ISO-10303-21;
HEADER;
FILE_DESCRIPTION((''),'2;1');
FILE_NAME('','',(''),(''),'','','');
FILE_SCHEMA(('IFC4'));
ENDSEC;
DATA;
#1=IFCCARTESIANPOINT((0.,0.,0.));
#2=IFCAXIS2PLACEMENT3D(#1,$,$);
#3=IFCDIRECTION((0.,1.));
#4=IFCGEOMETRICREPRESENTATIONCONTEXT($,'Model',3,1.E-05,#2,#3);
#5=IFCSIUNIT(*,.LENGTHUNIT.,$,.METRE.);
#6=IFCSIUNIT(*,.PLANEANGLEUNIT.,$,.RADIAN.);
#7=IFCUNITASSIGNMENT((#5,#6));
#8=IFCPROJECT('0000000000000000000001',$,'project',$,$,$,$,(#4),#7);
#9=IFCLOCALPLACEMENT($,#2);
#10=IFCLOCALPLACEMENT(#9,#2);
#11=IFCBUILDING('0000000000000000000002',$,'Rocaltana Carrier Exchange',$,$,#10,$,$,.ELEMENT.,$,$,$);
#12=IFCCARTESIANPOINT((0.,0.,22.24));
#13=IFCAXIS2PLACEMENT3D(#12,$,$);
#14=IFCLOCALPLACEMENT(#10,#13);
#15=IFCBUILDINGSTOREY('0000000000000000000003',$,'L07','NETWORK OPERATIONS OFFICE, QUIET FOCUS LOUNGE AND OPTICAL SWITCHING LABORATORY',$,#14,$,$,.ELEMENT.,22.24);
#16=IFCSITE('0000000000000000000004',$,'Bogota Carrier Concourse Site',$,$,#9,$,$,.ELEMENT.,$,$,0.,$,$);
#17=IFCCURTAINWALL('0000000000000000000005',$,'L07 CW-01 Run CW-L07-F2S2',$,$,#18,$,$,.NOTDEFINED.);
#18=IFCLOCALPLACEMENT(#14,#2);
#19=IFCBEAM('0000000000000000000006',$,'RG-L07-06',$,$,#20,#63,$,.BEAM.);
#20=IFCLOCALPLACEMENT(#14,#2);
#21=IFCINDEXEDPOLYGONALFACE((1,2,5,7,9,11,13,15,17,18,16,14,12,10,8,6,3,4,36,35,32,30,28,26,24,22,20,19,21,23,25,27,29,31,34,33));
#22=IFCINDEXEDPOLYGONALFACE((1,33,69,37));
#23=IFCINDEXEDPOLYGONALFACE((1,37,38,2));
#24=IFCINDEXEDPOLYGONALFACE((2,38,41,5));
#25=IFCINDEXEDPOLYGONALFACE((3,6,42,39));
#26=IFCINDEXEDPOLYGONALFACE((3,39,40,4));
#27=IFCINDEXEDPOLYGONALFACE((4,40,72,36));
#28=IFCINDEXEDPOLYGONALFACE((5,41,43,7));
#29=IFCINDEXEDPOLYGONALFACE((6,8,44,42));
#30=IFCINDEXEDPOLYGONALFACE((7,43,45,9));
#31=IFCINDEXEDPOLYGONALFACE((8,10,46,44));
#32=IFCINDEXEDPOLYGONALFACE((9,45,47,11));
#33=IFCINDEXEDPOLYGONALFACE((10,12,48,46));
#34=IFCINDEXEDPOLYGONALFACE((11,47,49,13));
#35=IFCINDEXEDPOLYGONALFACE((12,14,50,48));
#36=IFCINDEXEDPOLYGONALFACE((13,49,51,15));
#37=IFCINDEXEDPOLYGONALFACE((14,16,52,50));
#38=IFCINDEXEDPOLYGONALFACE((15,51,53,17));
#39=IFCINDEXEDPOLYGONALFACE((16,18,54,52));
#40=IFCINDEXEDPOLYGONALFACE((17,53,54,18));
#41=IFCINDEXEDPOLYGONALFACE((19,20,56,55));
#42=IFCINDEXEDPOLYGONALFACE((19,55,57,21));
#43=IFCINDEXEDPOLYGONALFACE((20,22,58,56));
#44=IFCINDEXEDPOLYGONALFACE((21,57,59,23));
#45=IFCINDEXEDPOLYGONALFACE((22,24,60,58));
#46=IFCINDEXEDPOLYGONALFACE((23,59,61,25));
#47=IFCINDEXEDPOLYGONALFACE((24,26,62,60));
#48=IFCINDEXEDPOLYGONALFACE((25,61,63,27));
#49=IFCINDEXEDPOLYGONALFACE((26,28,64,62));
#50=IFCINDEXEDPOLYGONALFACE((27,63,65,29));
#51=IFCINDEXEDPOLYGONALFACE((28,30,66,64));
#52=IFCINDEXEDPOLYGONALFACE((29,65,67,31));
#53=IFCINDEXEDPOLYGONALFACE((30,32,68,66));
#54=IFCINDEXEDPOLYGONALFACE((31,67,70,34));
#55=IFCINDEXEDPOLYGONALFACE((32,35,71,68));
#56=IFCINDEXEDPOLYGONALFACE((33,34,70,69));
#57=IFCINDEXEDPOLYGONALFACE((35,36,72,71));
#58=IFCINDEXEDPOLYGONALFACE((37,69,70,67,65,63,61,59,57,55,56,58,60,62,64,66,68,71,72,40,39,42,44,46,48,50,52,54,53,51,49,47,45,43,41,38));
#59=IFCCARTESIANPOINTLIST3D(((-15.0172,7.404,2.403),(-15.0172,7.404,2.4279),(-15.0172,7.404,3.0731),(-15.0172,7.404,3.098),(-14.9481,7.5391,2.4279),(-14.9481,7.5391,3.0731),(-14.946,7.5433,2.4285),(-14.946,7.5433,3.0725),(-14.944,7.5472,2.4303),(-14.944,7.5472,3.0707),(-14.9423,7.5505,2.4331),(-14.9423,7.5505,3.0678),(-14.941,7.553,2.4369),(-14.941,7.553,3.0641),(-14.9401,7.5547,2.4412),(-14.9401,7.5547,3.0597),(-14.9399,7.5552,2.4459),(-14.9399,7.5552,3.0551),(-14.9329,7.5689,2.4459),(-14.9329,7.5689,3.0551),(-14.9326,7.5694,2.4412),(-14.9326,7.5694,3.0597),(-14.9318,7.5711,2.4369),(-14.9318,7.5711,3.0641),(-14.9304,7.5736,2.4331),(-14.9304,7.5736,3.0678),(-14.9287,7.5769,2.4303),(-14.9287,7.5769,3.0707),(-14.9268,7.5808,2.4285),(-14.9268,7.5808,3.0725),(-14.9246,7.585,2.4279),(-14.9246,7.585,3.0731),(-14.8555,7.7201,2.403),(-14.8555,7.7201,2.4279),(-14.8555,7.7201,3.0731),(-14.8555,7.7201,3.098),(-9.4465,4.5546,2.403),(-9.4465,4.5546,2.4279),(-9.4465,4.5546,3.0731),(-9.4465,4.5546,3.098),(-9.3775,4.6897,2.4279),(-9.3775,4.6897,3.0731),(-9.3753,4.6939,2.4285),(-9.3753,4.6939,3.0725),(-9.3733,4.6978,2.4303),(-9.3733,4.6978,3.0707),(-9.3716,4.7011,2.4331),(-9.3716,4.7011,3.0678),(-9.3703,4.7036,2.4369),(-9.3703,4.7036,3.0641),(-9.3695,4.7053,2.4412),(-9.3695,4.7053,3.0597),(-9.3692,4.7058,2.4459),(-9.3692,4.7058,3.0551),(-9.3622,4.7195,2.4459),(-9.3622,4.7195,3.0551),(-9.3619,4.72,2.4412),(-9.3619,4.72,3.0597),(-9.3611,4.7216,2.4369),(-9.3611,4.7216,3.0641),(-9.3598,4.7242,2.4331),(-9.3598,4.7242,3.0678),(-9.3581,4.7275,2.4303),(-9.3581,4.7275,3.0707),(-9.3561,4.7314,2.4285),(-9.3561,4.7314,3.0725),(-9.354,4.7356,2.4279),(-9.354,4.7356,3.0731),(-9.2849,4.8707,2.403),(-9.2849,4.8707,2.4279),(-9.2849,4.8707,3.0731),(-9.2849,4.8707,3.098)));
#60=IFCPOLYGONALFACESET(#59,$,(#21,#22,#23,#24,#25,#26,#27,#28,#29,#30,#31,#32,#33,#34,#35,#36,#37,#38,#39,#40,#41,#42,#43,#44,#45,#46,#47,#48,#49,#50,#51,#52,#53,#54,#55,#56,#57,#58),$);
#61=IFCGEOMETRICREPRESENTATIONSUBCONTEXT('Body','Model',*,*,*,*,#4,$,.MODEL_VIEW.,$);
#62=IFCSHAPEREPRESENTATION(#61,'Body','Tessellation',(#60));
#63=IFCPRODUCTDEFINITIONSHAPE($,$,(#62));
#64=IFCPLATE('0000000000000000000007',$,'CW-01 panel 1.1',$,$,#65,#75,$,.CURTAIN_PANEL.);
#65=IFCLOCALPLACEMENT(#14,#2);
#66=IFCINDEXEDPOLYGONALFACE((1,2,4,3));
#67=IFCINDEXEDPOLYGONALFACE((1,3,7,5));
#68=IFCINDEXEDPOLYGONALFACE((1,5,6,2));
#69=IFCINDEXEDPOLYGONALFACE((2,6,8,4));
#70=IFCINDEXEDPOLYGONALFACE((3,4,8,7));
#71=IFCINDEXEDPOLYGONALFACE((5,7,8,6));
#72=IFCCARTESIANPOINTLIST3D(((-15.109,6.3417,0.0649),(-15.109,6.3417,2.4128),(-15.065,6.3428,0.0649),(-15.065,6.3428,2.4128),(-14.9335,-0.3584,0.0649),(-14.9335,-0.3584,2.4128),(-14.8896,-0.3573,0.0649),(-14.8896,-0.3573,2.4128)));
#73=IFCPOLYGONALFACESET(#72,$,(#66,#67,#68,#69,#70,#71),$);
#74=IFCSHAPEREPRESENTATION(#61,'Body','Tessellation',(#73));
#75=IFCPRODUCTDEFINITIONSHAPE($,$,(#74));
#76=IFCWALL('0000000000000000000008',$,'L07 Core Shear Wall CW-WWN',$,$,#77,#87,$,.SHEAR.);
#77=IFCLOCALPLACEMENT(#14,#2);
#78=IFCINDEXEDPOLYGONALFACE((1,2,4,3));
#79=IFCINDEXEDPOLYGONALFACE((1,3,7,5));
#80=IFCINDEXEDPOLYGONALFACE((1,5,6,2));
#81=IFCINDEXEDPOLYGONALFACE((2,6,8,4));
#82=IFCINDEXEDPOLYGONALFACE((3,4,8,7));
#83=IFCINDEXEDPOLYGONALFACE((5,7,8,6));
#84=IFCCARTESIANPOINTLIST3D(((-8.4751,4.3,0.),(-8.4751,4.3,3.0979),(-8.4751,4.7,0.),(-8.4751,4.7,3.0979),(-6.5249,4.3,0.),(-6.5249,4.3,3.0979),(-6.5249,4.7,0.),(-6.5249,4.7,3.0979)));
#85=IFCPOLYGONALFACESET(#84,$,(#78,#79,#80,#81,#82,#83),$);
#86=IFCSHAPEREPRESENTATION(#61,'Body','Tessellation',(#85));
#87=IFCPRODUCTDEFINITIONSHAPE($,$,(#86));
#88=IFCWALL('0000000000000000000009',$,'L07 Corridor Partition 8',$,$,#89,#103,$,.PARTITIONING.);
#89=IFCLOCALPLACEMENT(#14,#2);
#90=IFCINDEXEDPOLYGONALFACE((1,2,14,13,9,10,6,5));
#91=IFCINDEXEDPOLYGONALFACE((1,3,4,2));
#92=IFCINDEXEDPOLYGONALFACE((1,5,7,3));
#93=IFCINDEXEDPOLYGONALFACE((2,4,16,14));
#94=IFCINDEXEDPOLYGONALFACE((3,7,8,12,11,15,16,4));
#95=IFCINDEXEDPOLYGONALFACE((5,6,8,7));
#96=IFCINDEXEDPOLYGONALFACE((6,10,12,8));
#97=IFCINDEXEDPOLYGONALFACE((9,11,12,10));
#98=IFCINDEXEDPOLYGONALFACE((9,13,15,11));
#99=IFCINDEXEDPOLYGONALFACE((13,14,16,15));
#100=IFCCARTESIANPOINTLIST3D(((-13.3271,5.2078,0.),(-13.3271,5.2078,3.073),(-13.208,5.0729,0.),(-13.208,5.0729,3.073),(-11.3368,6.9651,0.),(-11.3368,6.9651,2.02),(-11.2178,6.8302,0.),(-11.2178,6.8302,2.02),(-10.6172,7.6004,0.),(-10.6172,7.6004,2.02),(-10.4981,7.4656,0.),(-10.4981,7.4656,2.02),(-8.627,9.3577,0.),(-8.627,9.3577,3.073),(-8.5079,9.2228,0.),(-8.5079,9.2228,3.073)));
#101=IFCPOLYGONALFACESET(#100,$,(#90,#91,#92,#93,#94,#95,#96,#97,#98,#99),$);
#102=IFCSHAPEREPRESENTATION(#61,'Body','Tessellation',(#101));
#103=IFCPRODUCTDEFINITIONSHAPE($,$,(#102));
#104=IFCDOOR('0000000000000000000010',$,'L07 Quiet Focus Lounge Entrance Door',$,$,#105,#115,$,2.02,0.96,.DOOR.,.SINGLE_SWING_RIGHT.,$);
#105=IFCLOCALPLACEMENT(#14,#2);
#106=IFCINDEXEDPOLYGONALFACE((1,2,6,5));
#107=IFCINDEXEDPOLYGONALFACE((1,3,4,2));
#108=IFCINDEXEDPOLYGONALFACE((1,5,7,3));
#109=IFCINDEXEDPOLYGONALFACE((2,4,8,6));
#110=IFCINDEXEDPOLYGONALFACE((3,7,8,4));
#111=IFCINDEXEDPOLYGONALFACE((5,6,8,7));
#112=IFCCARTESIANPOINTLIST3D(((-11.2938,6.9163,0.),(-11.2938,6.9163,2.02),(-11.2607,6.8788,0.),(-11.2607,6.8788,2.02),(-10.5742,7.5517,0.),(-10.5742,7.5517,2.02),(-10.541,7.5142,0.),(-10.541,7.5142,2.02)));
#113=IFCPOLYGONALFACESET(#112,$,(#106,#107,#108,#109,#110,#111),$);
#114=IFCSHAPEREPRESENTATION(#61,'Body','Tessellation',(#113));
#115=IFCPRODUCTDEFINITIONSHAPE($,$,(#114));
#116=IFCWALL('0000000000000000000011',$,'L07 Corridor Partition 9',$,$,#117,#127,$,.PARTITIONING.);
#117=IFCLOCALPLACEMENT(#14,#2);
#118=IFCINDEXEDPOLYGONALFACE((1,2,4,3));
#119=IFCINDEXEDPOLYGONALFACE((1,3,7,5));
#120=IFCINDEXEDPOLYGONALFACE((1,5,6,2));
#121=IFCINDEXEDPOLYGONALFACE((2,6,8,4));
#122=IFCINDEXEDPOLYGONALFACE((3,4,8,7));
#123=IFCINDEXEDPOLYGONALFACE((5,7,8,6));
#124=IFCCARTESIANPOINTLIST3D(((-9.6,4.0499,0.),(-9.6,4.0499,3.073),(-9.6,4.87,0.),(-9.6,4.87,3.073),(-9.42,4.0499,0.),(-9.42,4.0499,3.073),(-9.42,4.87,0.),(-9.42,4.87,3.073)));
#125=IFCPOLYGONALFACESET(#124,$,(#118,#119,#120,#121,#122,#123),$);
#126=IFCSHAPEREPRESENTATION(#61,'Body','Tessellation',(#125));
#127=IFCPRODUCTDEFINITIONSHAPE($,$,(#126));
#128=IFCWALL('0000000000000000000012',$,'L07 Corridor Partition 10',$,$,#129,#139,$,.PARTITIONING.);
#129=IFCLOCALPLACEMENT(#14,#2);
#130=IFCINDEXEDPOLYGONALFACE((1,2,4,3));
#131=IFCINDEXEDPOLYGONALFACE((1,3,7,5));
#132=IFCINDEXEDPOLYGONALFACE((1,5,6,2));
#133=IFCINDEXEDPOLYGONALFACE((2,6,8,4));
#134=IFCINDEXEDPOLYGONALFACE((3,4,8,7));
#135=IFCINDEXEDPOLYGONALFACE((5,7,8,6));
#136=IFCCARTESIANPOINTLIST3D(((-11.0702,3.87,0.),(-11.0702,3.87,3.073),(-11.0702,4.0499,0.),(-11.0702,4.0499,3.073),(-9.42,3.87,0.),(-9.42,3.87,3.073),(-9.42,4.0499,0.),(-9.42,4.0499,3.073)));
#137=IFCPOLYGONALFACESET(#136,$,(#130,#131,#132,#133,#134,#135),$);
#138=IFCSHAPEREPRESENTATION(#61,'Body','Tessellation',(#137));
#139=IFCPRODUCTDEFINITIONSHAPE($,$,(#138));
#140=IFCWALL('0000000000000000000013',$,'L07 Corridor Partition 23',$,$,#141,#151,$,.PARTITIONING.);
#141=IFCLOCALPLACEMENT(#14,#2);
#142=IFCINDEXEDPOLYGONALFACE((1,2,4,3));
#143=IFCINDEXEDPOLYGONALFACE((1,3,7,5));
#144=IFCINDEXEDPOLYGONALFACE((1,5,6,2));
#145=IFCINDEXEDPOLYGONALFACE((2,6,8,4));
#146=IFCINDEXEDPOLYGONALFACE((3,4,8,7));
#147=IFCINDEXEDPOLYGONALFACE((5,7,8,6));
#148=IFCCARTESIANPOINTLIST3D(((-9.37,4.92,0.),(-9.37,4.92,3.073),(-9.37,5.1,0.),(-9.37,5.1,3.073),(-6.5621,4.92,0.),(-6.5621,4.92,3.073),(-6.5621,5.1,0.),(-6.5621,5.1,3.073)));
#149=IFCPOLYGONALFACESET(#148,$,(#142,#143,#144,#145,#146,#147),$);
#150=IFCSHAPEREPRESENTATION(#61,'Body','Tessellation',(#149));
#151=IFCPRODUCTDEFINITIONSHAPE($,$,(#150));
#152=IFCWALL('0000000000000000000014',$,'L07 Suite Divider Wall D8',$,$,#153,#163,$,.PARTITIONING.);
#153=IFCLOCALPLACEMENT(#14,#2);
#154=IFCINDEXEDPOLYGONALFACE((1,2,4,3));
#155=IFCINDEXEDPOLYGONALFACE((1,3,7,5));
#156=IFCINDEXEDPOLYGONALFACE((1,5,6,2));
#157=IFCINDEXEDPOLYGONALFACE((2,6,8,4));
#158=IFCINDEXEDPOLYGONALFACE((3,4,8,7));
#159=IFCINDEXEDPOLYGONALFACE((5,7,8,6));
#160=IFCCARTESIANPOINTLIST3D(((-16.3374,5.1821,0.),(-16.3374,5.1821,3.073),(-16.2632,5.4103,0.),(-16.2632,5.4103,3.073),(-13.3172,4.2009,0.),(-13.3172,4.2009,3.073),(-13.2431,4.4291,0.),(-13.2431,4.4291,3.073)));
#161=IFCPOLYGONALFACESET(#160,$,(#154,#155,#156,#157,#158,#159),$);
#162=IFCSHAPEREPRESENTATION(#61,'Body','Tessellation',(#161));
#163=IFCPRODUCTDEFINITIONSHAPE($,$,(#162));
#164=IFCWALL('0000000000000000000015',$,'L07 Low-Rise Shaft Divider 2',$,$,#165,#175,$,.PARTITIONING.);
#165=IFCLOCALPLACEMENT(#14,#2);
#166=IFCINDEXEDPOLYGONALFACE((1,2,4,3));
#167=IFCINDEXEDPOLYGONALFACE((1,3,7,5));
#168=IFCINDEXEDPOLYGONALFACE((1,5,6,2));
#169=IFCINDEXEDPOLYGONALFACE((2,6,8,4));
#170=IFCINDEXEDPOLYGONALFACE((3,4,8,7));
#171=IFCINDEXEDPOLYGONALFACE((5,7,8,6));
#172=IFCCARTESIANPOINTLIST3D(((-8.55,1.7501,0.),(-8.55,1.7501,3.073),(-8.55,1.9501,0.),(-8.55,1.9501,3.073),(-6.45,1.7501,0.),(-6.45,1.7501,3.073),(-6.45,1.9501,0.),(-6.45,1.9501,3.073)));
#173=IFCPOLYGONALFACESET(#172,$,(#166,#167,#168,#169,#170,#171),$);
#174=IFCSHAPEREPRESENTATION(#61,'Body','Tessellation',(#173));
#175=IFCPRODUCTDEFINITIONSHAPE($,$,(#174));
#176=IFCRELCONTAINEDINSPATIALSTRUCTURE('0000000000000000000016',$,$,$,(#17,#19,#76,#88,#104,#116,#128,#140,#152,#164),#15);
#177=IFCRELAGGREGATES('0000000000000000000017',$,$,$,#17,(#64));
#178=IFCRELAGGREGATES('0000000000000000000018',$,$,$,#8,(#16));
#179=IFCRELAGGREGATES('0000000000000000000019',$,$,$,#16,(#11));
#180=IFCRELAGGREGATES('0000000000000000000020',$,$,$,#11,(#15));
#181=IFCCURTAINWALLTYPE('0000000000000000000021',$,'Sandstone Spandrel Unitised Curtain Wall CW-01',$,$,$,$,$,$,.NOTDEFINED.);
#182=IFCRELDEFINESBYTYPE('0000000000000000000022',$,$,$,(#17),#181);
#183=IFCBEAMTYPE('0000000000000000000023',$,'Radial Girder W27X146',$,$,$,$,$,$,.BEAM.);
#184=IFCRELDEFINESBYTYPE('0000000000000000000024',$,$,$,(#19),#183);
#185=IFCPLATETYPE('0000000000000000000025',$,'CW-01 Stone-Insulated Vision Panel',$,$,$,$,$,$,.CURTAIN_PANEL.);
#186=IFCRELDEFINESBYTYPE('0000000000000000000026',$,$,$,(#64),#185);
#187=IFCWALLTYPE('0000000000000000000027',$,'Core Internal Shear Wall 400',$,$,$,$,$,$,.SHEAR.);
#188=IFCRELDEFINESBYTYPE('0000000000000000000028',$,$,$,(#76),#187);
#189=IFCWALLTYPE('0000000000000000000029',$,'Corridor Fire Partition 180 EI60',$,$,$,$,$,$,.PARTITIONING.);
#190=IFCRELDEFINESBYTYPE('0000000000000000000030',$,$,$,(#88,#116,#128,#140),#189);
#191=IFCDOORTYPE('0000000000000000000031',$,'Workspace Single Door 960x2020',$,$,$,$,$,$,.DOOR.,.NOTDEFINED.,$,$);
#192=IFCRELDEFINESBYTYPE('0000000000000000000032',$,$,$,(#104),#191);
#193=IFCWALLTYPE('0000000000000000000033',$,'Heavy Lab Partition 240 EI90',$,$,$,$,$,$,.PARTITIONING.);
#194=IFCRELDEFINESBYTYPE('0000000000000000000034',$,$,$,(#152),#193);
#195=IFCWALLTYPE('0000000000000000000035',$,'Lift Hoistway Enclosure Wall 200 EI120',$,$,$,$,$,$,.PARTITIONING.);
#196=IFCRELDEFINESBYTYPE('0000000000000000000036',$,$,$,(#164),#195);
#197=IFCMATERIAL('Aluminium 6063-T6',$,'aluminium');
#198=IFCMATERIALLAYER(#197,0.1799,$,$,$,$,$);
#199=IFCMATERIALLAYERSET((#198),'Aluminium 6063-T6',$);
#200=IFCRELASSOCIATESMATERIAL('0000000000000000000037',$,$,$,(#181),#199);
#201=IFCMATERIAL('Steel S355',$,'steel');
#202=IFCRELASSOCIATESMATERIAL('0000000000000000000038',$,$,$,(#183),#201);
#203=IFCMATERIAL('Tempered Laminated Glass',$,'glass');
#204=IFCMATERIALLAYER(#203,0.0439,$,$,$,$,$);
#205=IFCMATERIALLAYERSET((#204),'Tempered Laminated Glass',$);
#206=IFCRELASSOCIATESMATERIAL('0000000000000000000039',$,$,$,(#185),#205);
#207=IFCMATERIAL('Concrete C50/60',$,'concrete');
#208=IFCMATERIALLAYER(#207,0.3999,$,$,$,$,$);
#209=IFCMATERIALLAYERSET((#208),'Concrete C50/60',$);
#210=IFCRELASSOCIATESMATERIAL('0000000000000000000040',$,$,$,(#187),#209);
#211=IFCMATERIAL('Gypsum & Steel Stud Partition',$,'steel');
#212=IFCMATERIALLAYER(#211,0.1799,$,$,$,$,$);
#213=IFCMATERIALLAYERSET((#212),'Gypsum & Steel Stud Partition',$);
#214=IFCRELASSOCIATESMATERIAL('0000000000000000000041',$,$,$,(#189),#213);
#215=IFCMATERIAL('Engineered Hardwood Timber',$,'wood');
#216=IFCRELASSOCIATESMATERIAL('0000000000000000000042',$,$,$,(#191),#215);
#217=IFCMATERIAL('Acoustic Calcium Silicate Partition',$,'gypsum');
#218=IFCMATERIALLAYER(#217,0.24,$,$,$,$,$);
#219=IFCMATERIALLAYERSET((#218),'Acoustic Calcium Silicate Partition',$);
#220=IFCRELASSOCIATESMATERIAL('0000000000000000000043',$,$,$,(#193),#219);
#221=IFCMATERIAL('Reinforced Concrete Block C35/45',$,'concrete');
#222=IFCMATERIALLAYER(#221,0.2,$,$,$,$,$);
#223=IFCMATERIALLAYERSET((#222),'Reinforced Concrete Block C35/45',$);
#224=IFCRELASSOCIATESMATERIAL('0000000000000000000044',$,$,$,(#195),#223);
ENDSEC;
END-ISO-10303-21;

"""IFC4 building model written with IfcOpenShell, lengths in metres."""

from ifc_helpers import new_model, si_unit, direction, frame, frame_2d, origin, origin_2d, place, context, subcontext, project, spatial, rectangle, i_section, extrude, material, layer, layer_set, material_profile, profile_set, type_object, element, fill, aggregate, save


model = new_model("IFC4")

# Units and contexts
model_context = context("Model", 3, precision=1e-05, world=origin(), true_north=direction((0.0, 1.0)))
body_context = subcontext(model_context, "Body", "Model", "MODEL_VIEW")
ifc_project = project(units=[si_unit("LENGTHUNIT", "METRE"), si_unit("PLANEANGLEUNIT", "RADIAN")], contexts=[model_context])

# Site, building, storey
site_placement = place(None, origin())
site = spatial("IfcSite", under=ifc_project, at=site_placement, Name="Bogota Carrier Concourse Site", CompositionType="ELEMENT", RefElevation=0.0)
building_placement = place(site_placement, origin())
building = spatial("IfcBuilding", under=site, at=building_placement, Name="Rocaltana Carrier Exchange", CompositionType="ELEMENT")
storey_placement = place(building_placement, frame((0.0, 0.0, 22.24)))
storey = spatial("IfcBuildingStorey", under=building, at=storey_placement, Name="L07", Description="NETWORK OPERATIONS OFFICE, QUIET FOCUS LOUNGE AND OPTICAL SWITCHING LABORATORY", CompositionType="ELEMENT", Elevation=22.24)

# Curtain wall
ifc_material_1 = material(Name="Aluminium 6063-T6", Category="aluminium")
ifc_layer_1 = layer(ifc_material_1, 0.1799)
ifc_layer_set_1 = layer_set([ifc_layer_1], Name="Aluminium 6063-T6")
curtain_wall_type = type_object("IfcCurtainWallType", Name="Sandstone Spandrel Unitised Curtain Wall CW-01", PredefinedType="NOTDEFINED", material=ifc_layer_set_1)
curtain_wall_placement = place(storey_placement, origin())
curtain_wall = element("IfcCurtainWall", 1, at=curtain_wall_placement, inside=storey, type_object=curtain_wall_type, Name="L07 CW-01 Run CW-L07-F2S2", PredefinedType="NOTDEFINED")

# Beam
ifc_material_2 = material(Name="Steel S355", Category="steel")
ifc_material_profile_1 = material_profile(ifc_material_2, i_section(OverallWidth=0.355, OverallDepth=0.6951, WebThickness=0.0154, FlangeThickness=0.0249, FilletRadius=0.0181, at=origin_2d()), Name="W27X146")
ifc_profile_set_1 = profile_set([ifc_material_profile_1], Name="Steel S355")
beam_type_1 = type_object("IfcBeamType", Name="Radial Girder W27X146", PredefinedType="BEAM", material=ifc_profile_set_1)
beam_1_placement = place(storey_placement, frame((-9.3657, 4.7126, 2.7505), z_axis=(-0.890293, 0.455389, 0.0), x_axis=(-0.455389, -0.890293, 0.0)))
element("IfcBeam", 2, at=beam_1_placement, inside=storey, type_object=beam_type_1, Name="RG-L07-06", PredefinedType="BEAM", context=body_context, shape_type="SweptSolid", body=[
    extrude(i_section(OverallWidth=0.355, OverallDepth=0.6951, WebThickness=0.0154, FlangeThickness=0.0249, FilletRadius=0.0181, at=origin_2d()), origin(), (0.0, 0.0, 1.0), 6.2571),
])

# Plate
ifc_material_3 = material(Name="Tempered Laminated Glass", Category="glass")
ifc_layer_2 = layer(ifc_material_3, 0.0439)
ifc_layer_set_2 = layer_set([ifc_layer_2], Name="Tempered Laminated Glass")
plate_type = type_object("IfcPlateType", Name="CW-01 Stone-Insulated Vision Panel", PredefinedType="CURTAIN_PANEL", material=ifc_layer_set_2)
plate_placement = place(storey_placement, frame((-14.9993, 2.9922, 0.0649), z_axis=(0.0, 0.0, 1.0), x_axis=(0.026177, -0.999657, 0.0)))
plate = element("IfcPlate", 3, at=plate_placement, type_object=plate_type, Name="CW-01 panel 1.1", PredefinedType="CURTAIN_PANEL", context=body_context, shape_type="SweptSolid", body=[
    extrude(rectangle(XDim=6.7024, YDim=0.0439, at=origin_2d()), origin(), (0.0, 0.0, 1.0), 2.3479),
])
aggregate(curtain_wall, [plate])

# Wall
ifc_material_4 = material(Name="Concrete C50/60", Category="concrete")
ifc_layer_3 = layer(ifc_material_4, 0.3999)
ifc_layer_set_3 = layer_set([ifc_layer_3], Name="Concrete C50/60")
wall_type_1 = type_object("IfcWallType", Name="Core Internal Shear Wall 400", PredefinedType="SHEAR", material=ifc_layer_set_3)
wall_1_placement = place(storey_placement, frame((-8.4751, 4.5, 0.0), z_axis=(0.0, 0.0, 1.0), x_axis=(1.0, 0.0, 0.0)))
element("IfcWall", 4, at=wall_1_placement, inside=storey, type_object=wall_type_1, Name="L07 Core Shear Wall CW-WWN", PredefinedType="SHEAR", context=body_context, shape_type="SweptSolid", body=[
    extrude(rectangle(XDim=1.9502, YDim=0.3999, at=frame_2d((0.9751, 0.0))), origin(), (0.0, 0.0, 1.0), 3.0979),
])

# Wall, opening, door
ifc_material_5 = material(Name="Gypsum & Steel Stud Partition", Category="steel")
ifc_layer_4 = layer(ifc_material_5, 0.1799)
ifc_layer_set_4 = layer_set([ifc_layer_4], Name="Gypsum & Steel Stud Partition")
wall_type_2 = type_object("IfcWallType", Name="Corridor Fire Partition 180 EI60", PredefinedType="PARTITIONING", material=ifc_layer_set_4)
wall_2_placement = place(storey_placement, frame((-13.2676, 5.1404, 0.0), z_axis=(0.0, 0.0, 1.0), x_axis=(0.749626, 0.661861, 0.0)))
wall_2 = element("IfcWall", 5, at=wall_2_placement, inside=storey, type_object=wall_type_2, Name="L07 Corridor Partition 8", PredefinedType="PARTITIONING", context=body_context, shape_type="SweptSolid", body=[
    extrude(rectangle(XDim=6.27, YDim=0.1799, at=frame_2d((3.135, 0.0))), origin(), (0.0, 0.0, 1.0), 3.073),
])
opening_placement = place(wall_2_placement, frame((2.655, 0.0, 0.0)))
opening = element("IfcOpeningElement", 6, at=opening_placement, cuts=wall_2, PredefinedType="OPENING", context=body_context, shape_type="SweptSolid", body=[
    extrude(rectangle(XDim=0.96, YDim=2.02, at=frame_2d((0.48, 1.01))), frame((0.0, 0.0999, 0.0), z_axis=(0.0, -1.0, 0.0), x_axis=(1.0, 0.0, 0.0)), (0.0, 0.0, 1.0), 0.2),
])
ifc_material_6 = material(Name="Engineered Hardwood Timber", Category="wood")
door_type = type_object("IfcDoorType", Name="Workspace Single Door 960x2020", OperationType="NOTDEFINED", PredefinedType="DOOR", material=ifc_material_6)
door_placement = place(opening_placement, origin())
door = element("IfcDoor", 7, at=door_placement, inside=storey, type_object=door_type, Name="L07 Quiet Focus Lounge Entrance Door", OperationType="SINGLE_SWING_RIGHT", OverallHeight=2.02, OverallWidth=0.96, PredefinedType="DOOR", context=body_context, shape_type="SweptSolid", body=[
    extrude(rectangle(XDim=0.96, YDim=2.02, at=frame_2d((0.48, 1.01))), frame((0.0, 0.0249, 0.0), z_axis=(0.0, -1.0, 0.0), x_axis=(1.0, 0.0, 0.0)), (0.0, 0.0, 1.0), 0.05),
])
fill(opening, door)

# Walls
wall_3_placement = place(storey_placement, frame((-9.51, 4.8701, 0.0), z_axis=(0.0, 0.0, 1.0), x_axis=(0.0, -1.0, 0.0)))
element("IfcWall", 8, at=wall_3_placement, inside=storey, type_object=wall_type_2, Name="L07 Corridor Partition 9", PredefinedType="PARTITIONING", context=body_context, shape_type="SweptSolid", body=[
    extrude(rectangle(XDim=0.8201, YDim=0.1799, at=frame_2d((0.4102, 0.0))), origin(), (0.0, 0.0, 1.0), 3.073),
])
wall_4_placement = place(storey_placement, frame((-9.4199, 3.96, 0.0), z_axis=(0.0, 0.0, 1.0), x_axis=(-1.0, 0.0, 0.0)))
element("IfcWall", 9, at=wall_4_placement, inside=storey, type_object=wall_type_2, Name="L07 Corridor Partition 10", PredefinedType="PARTITIONING", context=body_context, shape_type="SweptSolid", body=[
    extrude(rectangle(XDim=1.6501, YDim=0.1799, at=frame_2d((0.8252, 0.0))), origin(), (0.0, 0.0, 1.0), 3.073),
])
wall_5_placement = place(storey_placement, frame((-6.5623, 5.01, 0.0), z_axis=(0.0, 0.0, 1.0), x_axis=(-1.0, 0.0, 0.0)))
element("IfcWall", 10, at=wall_5_placement, inside=storey, type_object=wall_type_2, Name="L07 Corridor Partition 23", PredefinedType="PARTITIONING", context=body_context, shape_type="SweptSolid", body=[
    extrude(rectangle(XDim=2.8079, YDim=0.1799, at=frame_2d((1.4038, 0.0))), origin(), (0.0, 0.0, 1.0), 3.073),
])
ifc_material_7 = material(Name="Acoustic Calcium Silicate Partition", Category="gypsum")
ifc_layer_5 = layer(ifc_material_7, 0.24)
ifc_layer_set_5 = layer_set([ifc_layer_5], Name="Acoustic Calcium Silicate Partition")
wall_type_3 = type_object("IfcWallType", Name="Heavy Lab Partition 240 EI90", PredefinedType="PARTITIONING", material=ifc_layer_set_5)
wall_6_placement = place(storey_placement, frame((-13.28, 4.3149, 0.0), z_axis=(0.0, 0.0, 1.0), x_axis=(-0.951062, 0.308999, 0.0)))
element("IfcWall", 11, at=wall_6_placement, inside=storey, type_object=wall_type_3, Name="L07 Suite Divider Wall D8", PredefinedType="PARTITIONING", context=body_context, shape_type="SweptSolid", body=[
    extrude(rectangle(XDim=3.1755, YDim=0.24, at=frame_2d((1.5879, 0.0))), origin(), (0.0, 0.0, 1.0), 3.073),
])
ifc_material_8 = material(Name="Reinforced Concrete Block C35/45", Category="concrete")
ifc_layer_6 = layer(ifc_material_8, 0.2)
ifc_layer_set_6 = layer_set([ifc_layer_6], Name="Reinforced Concrete Block C35/45")
wall_type_4 = type_object("IfcWallType", Name="Lift Hoistway Enclosure Wall 200 EI120", PredefinedType="PARTITIONING", material=ifc_layer_set_6)
wall_7_placement = place(storey_placement, frame((-8.55, 1.8501, 0.0), z_axis=(0.0, 0.0, 1.0), x_axis=(1.0, 0.0, 0.0)))
element("IfcWall", 12, at=wall_7_placement, inside=storey, type_object=wall_type_4, Name="L07 Low-Rise Shaft Divider 2", PredefinedType="PARTITIONING", context=body_context, shape_type="SweptSolid", body=[
    extrude(rectangle(XDim=2.1001, YDim=0.2, at=frame_2d((1.05, 0.0))), origin(), (0.0, 0.0, 1.0), 3.073),
])

save(model, "model.ifc")
